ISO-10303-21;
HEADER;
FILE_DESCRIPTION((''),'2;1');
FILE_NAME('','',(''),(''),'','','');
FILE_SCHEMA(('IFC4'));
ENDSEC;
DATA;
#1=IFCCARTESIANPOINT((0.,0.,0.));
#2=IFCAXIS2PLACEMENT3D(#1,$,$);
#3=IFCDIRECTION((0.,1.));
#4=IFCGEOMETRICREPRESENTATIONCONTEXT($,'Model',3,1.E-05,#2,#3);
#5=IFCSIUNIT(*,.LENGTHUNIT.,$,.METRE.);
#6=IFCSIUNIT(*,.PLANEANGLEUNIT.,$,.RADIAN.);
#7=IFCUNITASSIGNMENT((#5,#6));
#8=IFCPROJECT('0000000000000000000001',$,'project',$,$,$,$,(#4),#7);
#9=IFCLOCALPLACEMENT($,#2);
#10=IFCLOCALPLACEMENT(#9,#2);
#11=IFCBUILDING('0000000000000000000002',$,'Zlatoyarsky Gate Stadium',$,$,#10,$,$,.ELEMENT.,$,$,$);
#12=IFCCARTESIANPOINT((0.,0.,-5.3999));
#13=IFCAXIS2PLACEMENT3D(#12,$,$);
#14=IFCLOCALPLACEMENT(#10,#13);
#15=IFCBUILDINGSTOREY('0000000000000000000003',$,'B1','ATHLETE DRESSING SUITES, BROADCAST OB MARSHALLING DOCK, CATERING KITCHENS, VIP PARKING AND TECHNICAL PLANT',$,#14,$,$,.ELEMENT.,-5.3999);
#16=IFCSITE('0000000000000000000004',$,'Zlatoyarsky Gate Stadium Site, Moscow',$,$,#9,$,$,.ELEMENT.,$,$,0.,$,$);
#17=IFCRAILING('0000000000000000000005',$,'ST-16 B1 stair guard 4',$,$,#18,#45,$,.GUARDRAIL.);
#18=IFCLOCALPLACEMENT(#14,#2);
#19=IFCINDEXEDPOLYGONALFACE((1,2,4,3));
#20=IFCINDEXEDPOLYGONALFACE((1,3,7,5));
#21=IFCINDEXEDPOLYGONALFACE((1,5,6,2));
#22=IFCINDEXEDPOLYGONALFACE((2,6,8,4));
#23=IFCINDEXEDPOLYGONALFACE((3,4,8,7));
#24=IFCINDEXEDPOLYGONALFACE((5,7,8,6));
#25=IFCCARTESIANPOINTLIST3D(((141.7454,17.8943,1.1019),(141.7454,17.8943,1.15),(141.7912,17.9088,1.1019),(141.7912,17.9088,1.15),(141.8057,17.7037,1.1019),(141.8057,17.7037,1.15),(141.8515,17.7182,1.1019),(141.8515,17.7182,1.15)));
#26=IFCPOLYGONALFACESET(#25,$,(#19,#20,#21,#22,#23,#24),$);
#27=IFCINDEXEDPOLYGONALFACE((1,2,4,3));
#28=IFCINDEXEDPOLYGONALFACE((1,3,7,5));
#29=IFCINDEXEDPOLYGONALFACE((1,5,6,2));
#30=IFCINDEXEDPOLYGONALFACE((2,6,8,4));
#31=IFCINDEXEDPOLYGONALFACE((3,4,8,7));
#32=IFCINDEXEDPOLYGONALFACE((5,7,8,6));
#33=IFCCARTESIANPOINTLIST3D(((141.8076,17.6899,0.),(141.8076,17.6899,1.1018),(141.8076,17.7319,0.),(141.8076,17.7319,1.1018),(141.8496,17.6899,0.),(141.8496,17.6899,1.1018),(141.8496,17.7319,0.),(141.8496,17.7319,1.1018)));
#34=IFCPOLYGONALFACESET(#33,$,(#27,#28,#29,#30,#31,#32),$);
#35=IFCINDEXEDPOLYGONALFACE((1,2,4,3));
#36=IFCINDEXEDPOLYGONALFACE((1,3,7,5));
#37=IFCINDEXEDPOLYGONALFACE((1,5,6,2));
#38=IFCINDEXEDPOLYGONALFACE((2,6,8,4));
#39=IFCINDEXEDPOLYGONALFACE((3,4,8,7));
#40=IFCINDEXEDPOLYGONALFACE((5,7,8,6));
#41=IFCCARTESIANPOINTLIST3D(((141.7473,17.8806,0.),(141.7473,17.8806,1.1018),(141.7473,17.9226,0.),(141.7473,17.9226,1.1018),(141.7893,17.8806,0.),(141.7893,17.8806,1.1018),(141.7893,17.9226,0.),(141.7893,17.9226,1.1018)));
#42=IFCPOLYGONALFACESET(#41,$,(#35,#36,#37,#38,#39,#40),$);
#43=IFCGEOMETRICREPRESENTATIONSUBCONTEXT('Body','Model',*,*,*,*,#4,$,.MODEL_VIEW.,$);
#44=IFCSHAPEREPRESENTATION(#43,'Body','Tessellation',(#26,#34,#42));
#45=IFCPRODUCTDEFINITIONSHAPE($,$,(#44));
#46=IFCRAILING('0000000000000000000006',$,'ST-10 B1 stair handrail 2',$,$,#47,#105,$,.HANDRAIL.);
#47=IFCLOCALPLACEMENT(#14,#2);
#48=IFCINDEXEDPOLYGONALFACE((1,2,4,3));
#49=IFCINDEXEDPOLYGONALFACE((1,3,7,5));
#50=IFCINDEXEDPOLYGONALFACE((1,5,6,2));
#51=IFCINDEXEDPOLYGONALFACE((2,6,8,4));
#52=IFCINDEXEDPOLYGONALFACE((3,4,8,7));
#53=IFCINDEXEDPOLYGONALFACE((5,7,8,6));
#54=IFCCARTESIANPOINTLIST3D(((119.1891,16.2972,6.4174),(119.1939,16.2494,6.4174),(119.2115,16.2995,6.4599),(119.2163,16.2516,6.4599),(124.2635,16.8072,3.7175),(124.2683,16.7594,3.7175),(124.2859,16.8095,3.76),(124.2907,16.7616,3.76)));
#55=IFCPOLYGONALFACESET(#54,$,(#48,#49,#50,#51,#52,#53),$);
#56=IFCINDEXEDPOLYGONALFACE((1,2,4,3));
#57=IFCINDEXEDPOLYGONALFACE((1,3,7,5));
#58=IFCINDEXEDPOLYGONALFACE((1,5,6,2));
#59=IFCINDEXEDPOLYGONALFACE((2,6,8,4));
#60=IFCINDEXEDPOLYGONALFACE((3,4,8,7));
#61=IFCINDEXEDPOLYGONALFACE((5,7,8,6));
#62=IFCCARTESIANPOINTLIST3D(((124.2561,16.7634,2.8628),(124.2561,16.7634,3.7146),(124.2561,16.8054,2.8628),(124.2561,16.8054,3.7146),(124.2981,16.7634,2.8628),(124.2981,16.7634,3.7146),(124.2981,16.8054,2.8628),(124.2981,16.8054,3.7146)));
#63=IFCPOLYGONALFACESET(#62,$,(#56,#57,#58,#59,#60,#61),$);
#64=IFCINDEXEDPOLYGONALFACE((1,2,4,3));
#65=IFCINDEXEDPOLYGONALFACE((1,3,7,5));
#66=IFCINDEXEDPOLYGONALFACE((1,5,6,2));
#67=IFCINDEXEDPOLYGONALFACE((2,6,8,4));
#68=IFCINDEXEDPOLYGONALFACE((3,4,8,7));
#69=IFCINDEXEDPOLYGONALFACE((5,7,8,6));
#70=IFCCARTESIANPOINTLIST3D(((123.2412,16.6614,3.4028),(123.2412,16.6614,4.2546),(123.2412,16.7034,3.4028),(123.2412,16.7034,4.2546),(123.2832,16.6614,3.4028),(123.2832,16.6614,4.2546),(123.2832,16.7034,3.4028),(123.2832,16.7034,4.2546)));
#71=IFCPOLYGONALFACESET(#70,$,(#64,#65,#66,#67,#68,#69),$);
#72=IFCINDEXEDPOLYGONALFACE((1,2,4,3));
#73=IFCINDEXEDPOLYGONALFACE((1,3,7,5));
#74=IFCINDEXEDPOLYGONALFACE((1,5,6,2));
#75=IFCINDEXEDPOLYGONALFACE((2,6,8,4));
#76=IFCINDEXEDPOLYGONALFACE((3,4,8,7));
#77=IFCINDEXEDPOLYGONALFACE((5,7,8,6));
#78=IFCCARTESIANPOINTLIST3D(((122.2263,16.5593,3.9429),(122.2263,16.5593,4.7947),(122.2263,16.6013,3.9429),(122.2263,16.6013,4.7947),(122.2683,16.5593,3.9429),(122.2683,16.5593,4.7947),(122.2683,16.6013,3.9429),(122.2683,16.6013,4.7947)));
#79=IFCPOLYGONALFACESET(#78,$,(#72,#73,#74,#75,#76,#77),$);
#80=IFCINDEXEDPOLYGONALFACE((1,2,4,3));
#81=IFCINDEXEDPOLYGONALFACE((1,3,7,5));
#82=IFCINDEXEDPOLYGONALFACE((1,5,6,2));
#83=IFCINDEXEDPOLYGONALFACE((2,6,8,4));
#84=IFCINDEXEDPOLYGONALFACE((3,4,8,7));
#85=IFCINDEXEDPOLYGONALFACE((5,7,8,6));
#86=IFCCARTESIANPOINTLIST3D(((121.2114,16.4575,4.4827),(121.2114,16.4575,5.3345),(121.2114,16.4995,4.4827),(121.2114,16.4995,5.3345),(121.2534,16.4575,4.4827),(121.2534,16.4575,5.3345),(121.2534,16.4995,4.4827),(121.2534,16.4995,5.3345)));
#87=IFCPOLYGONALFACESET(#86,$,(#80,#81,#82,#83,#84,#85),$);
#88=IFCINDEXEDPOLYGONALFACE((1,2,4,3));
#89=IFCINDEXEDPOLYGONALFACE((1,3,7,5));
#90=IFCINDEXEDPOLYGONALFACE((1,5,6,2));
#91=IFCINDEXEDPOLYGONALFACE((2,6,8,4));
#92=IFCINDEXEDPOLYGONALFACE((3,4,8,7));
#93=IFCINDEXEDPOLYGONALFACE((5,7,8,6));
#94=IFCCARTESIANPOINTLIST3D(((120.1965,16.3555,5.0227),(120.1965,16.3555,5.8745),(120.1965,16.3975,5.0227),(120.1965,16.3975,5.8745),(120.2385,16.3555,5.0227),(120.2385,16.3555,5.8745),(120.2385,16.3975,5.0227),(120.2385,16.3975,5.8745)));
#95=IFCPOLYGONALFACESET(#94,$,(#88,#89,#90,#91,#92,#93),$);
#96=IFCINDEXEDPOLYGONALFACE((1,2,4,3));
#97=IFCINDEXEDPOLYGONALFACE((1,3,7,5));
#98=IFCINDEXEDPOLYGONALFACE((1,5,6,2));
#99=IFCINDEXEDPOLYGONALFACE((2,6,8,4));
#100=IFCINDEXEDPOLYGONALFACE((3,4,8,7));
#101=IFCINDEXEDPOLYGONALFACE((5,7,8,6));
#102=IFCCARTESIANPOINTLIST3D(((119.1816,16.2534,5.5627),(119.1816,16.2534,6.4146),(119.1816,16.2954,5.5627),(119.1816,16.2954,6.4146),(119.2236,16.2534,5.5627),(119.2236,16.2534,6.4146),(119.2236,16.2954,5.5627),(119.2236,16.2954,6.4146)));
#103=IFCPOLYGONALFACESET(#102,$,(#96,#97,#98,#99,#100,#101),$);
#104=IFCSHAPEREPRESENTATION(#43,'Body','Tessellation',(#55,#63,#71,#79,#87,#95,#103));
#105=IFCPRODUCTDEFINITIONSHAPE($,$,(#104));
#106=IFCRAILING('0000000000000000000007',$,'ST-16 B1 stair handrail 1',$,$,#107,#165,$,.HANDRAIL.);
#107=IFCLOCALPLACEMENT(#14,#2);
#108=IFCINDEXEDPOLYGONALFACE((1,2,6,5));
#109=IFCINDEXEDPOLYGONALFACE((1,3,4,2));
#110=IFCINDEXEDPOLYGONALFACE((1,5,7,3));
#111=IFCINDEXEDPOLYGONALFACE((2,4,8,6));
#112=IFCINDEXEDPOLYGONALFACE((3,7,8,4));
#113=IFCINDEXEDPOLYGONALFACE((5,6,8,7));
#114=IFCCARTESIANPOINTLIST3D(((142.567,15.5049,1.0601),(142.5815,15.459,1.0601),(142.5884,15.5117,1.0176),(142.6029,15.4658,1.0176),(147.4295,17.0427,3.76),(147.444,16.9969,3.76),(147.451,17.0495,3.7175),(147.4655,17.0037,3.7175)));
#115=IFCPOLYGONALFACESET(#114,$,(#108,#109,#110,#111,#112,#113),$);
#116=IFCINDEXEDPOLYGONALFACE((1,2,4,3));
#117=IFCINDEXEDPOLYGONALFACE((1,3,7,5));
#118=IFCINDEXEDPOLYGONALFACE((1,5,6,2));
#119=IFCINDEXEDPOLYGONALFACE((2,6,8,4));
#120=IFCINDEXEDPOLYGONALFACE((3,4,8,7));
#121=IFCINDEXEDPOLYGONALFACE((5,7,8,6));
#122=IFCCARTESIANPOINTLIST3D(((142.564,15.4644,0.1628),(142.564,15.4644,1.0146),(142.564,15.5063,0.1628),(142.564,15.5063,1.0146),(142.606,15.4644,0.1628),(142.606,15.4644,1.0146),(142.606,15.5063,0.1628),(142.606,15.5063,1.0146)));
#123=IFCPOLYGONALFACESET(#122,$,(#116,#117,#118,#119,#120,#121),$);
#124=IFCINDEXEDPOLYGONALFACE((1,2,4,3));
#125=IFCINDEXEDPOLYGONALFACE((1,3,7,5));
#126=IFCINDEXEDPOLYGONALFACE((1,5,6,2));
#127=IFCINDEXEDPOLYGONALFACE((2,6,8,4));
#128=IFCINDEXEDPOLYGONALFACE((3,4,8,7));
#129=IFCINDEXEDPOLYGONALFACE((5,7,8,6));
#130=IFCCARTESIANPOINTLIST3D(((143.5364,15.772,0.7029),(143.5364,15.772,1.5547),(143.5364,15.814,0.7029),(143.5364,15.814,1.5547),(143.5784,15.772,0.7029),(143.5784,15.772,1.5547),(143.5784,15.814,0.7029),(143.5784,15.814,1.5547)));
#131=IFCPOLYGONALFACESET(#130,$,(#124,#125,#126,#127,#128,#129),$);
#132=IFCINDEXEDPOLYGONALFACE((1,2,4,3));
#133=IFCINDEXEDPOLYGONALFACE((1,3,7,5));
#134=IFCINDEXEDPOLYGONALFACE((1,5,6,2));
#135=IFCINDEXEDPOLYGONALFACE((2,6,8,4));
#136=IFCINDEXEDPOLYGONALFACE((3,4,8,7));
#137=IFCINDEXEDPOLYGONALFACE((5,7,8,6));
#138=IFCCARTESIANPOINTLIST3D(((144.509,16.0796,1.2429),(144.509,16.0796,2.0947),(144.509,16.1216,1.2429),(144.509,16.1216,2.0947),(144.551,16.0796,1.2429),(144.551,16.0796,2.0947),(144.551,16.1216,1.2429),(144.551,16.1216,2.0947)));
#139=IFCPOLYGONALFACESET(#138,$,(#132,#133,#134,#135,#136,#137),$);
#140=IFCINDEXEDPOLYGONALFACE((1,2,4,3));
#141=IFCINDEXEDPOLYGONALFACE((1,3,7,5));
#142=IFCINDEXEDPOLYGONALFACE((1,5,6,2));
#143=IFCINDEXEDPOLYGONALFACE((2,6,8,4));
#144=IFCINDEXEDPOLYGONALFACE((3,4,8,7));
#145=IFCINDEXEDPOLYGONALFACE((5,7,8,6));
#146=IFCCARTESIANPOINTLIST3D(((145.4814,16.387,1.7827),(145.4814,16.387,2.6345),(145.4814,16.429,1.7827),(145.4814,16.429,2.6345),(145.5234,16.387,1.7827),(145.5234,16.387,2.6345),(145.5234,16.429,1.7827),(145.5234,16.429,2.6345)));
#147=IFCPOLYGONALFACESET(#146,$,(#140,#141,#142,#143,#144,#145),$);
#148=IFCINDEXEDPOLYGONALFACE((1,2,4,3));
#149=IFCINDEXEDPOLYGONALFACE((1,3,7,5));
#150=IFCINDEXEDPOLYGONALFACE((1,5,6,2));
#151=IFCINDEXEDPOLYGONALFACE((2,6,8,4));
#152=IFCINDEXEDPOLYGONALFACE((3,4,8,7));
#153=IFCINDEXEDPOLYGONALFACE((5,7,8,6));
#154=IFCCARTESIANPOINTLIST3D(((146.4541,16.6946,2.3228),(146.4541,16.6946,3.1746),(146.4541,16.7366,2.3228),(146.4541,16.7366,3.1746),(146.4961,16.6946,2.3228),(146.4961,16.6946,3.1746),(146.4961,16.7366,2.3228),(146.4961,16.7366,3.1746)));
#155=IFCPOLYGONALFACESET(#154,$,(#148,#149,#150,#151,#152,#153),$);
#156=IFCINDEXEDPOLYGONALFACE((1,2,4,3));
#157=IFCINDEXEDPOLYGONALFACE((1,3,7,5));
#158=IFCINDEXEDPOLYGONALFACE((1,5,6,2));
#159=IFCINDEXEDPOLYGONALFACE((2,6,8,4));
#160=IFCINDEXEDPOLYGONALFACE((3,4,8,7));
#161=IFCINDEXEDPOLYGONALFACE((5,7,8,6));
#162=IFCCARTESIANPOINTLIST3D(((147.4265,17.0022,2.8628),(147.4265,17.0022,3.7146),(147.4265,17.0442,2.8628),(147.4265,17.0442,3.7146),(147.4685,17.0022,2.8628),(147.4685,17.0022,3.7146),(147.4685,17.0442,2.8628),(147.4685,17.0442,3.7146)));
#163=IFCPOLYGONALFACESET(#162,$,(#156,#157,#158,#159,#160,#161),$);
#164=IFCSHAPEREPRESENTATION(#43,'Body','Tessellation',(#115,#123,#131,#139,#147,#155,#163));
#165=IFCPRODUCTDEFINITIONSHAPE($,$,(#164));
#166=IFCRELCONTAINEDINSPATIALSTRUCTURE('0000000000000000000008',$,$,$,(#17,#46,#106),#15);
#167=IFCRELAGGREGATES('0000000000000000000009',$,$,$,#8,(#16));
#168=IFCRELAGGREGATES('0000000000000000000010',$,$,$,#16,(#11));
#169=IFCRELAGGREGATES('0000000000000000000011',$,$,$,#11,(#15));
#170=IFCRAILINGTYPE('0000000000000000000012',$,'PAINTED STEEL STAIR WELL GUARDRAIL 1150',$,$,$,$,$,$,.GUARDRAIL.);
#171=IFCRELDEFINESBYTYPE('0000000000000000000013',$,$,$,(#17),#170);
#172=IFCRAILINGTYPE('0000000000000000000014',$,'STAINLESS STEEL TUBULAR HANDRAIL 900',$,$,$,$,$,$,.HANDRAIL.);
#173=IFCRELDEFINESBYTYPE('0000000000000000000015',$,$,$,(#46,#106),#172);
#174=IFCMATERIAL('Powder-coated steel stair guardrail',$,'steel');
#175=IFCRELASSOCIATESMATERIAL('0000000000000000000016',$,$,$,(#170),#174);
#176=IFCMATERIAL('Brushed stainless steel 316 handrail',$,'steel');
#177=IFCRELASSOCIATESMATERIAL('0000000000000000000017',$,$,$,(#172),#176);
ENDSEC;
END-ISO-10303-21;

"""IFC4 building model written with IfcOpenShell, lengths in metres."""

from ifc_helpers import new_model, si_unit, direction, frame, origin, origin_2d, place, context, subcontext, project, spatial, rectangle, extrude, material, type_object, element, save


model = new_model("IFC4")

# Units and contexts
model_context = context("Model", 3, precision=1e-05, world=origin(), true_north=direction((0.0, 1.0)))
body_context = subcontext(model_context, "Body", "Model", "MODEL_VIEW")
ifc_project = project(units=[si_unit("LENGTHUNIT", "METRE"), si_unit("PLANEANGLEUNIT", "RADIAN")], contexts=[model_context])

# Site, building, storey
site_placement = place(None, origin())
site = spatial("IfcSite", under=ifc_project, at=site_placement, Name="Zlatoyarsky Gate Stadium Site, Moscow", CompositionType="ELEMENT", RefElevation=0.0)
building_placement = place(site_placement, origin())
building = spatial("IfcBuilding", under=site, at=building_placement, Name="Zlatoyarsky Gate Stadium", CompositionType="ELEMENT")
storey_placement = place(building_placement, frame((0.0, 0.0, -5.3999)))
storey = spatial("IfcBuildingStorey", under=building, at=storey_placement, Name="B1", Description="ATHLETE DRESSING SUITES, BROADCAST OB MARSHALLING DOCK, CATERING KITCHENS, VIP PARKING AND TECHNICAL PLANT", CompositionType="ELEMENT", Elevation=-5.3999)

# Railings
ifc_material_1 = material(Name="Powder-coated steel stair guardrail", Category="steel")
railing_type_1 = type_object("IfcRailingType", Name="PAINTED STEEL STAIR WELL GUARDRAIL 1150", PredefinedType="GUARDRAIL", material=ifc_material_1)
railing_1_placement = place(storey_placement, frame((141.8286, 17.7109, 0.0)))
element("IfcRailing", 1, at=railing_1_placement, inside=storey, type_object=railing_type_1, Name="ST-16 B1 stair guard 4", PredefinedType="GUARDRAIL", context=body_context, shape_type="SweptSolid", body=[
    extrude(rectangle(XDim=0.0481, YDim=0.0481, at=origin_2d()), frame((0.0, 0.0, 1.126), z_axis=(-0.30154, 0.953453, 0.0), x_axis=(-0.953453, -0.30154, 0.0)), (0.0, 0.0, 1.0), 0.2),
    extrude(rectangle(XDim=0.042, YDim=0.042, at=origin_2d()), origin(), (0.0, 0.0, 1.0), 1.1018),
    extrude(rectangle(XDim=0.042, YDim=0.042, at=origin_2d()), frame((-0.0603, 0.1907, 0.0)), (0.0, 0.0, 1.0), 1.1018),
])
ifc_material_2 = material(Name="Brushed stainless steel 316 handrail", Category="steel")
railing_type_2 = type_object("IfcRailingType", Name="STAINLESS STEEL TUBULAR HANDRAIL 900", PredefinedType="HANDRAIL", material=ifc_material_2)
railing_2_placement = place(storey_placement, frame((124.2771, 16.7844, 2.8628)))
element("IfcRailing", 2, at=railing_2_placement, inside=storey, type_object=railing_type_2, Name="ST-10 B1 stair handrail 2", PredefinedType="HANDRAIL", context=body_context, shape_type="SweptSolid", body=[
    extrude(rectangle(XDim=0.0481, YDim=0.0481, at=origin_2d()), frame((0.0, 0.0, 0.876), z_axis=(-0.879362, -0.08838, 0.467879), x_axis=(0.100001, -0.994987, 0.0)), (0.0, 0.0, 1.0), 5.7705),
    extrude(rectangle(XDim=0.042, YDim=0.042, at=origin_2d()), origin(), (0.0, 0.0, 1.0), 0.8518),
    extrude(rectangle(XDim=0.042, YDim=0.042, at=origin_2d()), frame((-1.0149, -0.1021, 0.54)), (0.0, 0.0, 1.0), 0.8518),
    extrude(rectangle(XDim=0.042, YDim=0.042, at=origin_2d()), frame((-2.0298, -0.2041, 1.0801)), (0.0, 0.0, 1.0), 0.8518),
    extrude(rectangle(XDim=0.042, YDim=0.042, at=origin_2d()), frame((-3.0447, -0.3059, 1.6199)), (0.0, 0.0, 1.0), 0.8518),
    extrude(rectangle(XDim=0.042, YDim=0.042, at=origin_2d()), frame((-4.0596, -0.408, 2.1599)), (0.0, 0.0, 1.0), 0.8518),
    extrude(rectangle(XDim=0.042, YDim=0.042, at=origin_2d()), frame((-5.0745, -0.51, 2.7)), (0.0, 0.0, 1.0), 0.8518),
])
railing_3_placement = place(storey_placement, frame((142.585, 15.4854, 0.1628)))
element("IfcRailing", 3, at=railing_3_placement, inside=storey, type_object=railing_type_2, Name="ST-16 B1 stair handrail 1", PredefinedType="HANDRAIL", context=body_context, shape_type="SweptSolid", body=[
    extrude(rectangle(XDim=0.0481, YDim=0.0481, at=origin_2d()), frame((0.0, 0.0, 0.876), z_axis=(0.842651, 0.266499, 0.467886), x_axis=(-0.301541, 0.953453, 0.0)), (0.0, 0.0, 1.0), 5.7705),
    extrude(rectangle(XDim=0.042, YDim=0.042, at=origin_2d()), origin(), (0.0, 0.0, 1.0), 0.8518),
    extrude(rectangle(XDim=0.042, YDim=0.042, at=origin_2d()), frame((0.9724, 0.3076, 0.54)), (0.0, 0.0, 1.0), 0.8518),
    extrude(rectangle(XDim=0.042, YDim=0.042, at=origin_2d()), frame((1.9451, 0.6152, 1.0801)), (0.0, 0.0, 1.0), 0.8518),
    extrude(rectangle(XDim=0.042, YDim=0.042, at=origin_2d()), frame((2.9175, 0.9226, 1.6199)), (0.0, 0.0, 1.0), 0.8518),
    extrude(rectangle(XDim=0.042, YDim=0.042, at=origin_2d()), frame((3.8901, 1.2302, 2.1599)), (0.0, 0.0, 1.0), 0.8518),
    extrude(rectangle(XDim=0.042, YDim=0.042, at=origin_2d()), frame((4.8625, 1.5378, 2.7)), (0.0, 0.0, 1.0), 0.8518),
])

save(model, "model.ifc")
